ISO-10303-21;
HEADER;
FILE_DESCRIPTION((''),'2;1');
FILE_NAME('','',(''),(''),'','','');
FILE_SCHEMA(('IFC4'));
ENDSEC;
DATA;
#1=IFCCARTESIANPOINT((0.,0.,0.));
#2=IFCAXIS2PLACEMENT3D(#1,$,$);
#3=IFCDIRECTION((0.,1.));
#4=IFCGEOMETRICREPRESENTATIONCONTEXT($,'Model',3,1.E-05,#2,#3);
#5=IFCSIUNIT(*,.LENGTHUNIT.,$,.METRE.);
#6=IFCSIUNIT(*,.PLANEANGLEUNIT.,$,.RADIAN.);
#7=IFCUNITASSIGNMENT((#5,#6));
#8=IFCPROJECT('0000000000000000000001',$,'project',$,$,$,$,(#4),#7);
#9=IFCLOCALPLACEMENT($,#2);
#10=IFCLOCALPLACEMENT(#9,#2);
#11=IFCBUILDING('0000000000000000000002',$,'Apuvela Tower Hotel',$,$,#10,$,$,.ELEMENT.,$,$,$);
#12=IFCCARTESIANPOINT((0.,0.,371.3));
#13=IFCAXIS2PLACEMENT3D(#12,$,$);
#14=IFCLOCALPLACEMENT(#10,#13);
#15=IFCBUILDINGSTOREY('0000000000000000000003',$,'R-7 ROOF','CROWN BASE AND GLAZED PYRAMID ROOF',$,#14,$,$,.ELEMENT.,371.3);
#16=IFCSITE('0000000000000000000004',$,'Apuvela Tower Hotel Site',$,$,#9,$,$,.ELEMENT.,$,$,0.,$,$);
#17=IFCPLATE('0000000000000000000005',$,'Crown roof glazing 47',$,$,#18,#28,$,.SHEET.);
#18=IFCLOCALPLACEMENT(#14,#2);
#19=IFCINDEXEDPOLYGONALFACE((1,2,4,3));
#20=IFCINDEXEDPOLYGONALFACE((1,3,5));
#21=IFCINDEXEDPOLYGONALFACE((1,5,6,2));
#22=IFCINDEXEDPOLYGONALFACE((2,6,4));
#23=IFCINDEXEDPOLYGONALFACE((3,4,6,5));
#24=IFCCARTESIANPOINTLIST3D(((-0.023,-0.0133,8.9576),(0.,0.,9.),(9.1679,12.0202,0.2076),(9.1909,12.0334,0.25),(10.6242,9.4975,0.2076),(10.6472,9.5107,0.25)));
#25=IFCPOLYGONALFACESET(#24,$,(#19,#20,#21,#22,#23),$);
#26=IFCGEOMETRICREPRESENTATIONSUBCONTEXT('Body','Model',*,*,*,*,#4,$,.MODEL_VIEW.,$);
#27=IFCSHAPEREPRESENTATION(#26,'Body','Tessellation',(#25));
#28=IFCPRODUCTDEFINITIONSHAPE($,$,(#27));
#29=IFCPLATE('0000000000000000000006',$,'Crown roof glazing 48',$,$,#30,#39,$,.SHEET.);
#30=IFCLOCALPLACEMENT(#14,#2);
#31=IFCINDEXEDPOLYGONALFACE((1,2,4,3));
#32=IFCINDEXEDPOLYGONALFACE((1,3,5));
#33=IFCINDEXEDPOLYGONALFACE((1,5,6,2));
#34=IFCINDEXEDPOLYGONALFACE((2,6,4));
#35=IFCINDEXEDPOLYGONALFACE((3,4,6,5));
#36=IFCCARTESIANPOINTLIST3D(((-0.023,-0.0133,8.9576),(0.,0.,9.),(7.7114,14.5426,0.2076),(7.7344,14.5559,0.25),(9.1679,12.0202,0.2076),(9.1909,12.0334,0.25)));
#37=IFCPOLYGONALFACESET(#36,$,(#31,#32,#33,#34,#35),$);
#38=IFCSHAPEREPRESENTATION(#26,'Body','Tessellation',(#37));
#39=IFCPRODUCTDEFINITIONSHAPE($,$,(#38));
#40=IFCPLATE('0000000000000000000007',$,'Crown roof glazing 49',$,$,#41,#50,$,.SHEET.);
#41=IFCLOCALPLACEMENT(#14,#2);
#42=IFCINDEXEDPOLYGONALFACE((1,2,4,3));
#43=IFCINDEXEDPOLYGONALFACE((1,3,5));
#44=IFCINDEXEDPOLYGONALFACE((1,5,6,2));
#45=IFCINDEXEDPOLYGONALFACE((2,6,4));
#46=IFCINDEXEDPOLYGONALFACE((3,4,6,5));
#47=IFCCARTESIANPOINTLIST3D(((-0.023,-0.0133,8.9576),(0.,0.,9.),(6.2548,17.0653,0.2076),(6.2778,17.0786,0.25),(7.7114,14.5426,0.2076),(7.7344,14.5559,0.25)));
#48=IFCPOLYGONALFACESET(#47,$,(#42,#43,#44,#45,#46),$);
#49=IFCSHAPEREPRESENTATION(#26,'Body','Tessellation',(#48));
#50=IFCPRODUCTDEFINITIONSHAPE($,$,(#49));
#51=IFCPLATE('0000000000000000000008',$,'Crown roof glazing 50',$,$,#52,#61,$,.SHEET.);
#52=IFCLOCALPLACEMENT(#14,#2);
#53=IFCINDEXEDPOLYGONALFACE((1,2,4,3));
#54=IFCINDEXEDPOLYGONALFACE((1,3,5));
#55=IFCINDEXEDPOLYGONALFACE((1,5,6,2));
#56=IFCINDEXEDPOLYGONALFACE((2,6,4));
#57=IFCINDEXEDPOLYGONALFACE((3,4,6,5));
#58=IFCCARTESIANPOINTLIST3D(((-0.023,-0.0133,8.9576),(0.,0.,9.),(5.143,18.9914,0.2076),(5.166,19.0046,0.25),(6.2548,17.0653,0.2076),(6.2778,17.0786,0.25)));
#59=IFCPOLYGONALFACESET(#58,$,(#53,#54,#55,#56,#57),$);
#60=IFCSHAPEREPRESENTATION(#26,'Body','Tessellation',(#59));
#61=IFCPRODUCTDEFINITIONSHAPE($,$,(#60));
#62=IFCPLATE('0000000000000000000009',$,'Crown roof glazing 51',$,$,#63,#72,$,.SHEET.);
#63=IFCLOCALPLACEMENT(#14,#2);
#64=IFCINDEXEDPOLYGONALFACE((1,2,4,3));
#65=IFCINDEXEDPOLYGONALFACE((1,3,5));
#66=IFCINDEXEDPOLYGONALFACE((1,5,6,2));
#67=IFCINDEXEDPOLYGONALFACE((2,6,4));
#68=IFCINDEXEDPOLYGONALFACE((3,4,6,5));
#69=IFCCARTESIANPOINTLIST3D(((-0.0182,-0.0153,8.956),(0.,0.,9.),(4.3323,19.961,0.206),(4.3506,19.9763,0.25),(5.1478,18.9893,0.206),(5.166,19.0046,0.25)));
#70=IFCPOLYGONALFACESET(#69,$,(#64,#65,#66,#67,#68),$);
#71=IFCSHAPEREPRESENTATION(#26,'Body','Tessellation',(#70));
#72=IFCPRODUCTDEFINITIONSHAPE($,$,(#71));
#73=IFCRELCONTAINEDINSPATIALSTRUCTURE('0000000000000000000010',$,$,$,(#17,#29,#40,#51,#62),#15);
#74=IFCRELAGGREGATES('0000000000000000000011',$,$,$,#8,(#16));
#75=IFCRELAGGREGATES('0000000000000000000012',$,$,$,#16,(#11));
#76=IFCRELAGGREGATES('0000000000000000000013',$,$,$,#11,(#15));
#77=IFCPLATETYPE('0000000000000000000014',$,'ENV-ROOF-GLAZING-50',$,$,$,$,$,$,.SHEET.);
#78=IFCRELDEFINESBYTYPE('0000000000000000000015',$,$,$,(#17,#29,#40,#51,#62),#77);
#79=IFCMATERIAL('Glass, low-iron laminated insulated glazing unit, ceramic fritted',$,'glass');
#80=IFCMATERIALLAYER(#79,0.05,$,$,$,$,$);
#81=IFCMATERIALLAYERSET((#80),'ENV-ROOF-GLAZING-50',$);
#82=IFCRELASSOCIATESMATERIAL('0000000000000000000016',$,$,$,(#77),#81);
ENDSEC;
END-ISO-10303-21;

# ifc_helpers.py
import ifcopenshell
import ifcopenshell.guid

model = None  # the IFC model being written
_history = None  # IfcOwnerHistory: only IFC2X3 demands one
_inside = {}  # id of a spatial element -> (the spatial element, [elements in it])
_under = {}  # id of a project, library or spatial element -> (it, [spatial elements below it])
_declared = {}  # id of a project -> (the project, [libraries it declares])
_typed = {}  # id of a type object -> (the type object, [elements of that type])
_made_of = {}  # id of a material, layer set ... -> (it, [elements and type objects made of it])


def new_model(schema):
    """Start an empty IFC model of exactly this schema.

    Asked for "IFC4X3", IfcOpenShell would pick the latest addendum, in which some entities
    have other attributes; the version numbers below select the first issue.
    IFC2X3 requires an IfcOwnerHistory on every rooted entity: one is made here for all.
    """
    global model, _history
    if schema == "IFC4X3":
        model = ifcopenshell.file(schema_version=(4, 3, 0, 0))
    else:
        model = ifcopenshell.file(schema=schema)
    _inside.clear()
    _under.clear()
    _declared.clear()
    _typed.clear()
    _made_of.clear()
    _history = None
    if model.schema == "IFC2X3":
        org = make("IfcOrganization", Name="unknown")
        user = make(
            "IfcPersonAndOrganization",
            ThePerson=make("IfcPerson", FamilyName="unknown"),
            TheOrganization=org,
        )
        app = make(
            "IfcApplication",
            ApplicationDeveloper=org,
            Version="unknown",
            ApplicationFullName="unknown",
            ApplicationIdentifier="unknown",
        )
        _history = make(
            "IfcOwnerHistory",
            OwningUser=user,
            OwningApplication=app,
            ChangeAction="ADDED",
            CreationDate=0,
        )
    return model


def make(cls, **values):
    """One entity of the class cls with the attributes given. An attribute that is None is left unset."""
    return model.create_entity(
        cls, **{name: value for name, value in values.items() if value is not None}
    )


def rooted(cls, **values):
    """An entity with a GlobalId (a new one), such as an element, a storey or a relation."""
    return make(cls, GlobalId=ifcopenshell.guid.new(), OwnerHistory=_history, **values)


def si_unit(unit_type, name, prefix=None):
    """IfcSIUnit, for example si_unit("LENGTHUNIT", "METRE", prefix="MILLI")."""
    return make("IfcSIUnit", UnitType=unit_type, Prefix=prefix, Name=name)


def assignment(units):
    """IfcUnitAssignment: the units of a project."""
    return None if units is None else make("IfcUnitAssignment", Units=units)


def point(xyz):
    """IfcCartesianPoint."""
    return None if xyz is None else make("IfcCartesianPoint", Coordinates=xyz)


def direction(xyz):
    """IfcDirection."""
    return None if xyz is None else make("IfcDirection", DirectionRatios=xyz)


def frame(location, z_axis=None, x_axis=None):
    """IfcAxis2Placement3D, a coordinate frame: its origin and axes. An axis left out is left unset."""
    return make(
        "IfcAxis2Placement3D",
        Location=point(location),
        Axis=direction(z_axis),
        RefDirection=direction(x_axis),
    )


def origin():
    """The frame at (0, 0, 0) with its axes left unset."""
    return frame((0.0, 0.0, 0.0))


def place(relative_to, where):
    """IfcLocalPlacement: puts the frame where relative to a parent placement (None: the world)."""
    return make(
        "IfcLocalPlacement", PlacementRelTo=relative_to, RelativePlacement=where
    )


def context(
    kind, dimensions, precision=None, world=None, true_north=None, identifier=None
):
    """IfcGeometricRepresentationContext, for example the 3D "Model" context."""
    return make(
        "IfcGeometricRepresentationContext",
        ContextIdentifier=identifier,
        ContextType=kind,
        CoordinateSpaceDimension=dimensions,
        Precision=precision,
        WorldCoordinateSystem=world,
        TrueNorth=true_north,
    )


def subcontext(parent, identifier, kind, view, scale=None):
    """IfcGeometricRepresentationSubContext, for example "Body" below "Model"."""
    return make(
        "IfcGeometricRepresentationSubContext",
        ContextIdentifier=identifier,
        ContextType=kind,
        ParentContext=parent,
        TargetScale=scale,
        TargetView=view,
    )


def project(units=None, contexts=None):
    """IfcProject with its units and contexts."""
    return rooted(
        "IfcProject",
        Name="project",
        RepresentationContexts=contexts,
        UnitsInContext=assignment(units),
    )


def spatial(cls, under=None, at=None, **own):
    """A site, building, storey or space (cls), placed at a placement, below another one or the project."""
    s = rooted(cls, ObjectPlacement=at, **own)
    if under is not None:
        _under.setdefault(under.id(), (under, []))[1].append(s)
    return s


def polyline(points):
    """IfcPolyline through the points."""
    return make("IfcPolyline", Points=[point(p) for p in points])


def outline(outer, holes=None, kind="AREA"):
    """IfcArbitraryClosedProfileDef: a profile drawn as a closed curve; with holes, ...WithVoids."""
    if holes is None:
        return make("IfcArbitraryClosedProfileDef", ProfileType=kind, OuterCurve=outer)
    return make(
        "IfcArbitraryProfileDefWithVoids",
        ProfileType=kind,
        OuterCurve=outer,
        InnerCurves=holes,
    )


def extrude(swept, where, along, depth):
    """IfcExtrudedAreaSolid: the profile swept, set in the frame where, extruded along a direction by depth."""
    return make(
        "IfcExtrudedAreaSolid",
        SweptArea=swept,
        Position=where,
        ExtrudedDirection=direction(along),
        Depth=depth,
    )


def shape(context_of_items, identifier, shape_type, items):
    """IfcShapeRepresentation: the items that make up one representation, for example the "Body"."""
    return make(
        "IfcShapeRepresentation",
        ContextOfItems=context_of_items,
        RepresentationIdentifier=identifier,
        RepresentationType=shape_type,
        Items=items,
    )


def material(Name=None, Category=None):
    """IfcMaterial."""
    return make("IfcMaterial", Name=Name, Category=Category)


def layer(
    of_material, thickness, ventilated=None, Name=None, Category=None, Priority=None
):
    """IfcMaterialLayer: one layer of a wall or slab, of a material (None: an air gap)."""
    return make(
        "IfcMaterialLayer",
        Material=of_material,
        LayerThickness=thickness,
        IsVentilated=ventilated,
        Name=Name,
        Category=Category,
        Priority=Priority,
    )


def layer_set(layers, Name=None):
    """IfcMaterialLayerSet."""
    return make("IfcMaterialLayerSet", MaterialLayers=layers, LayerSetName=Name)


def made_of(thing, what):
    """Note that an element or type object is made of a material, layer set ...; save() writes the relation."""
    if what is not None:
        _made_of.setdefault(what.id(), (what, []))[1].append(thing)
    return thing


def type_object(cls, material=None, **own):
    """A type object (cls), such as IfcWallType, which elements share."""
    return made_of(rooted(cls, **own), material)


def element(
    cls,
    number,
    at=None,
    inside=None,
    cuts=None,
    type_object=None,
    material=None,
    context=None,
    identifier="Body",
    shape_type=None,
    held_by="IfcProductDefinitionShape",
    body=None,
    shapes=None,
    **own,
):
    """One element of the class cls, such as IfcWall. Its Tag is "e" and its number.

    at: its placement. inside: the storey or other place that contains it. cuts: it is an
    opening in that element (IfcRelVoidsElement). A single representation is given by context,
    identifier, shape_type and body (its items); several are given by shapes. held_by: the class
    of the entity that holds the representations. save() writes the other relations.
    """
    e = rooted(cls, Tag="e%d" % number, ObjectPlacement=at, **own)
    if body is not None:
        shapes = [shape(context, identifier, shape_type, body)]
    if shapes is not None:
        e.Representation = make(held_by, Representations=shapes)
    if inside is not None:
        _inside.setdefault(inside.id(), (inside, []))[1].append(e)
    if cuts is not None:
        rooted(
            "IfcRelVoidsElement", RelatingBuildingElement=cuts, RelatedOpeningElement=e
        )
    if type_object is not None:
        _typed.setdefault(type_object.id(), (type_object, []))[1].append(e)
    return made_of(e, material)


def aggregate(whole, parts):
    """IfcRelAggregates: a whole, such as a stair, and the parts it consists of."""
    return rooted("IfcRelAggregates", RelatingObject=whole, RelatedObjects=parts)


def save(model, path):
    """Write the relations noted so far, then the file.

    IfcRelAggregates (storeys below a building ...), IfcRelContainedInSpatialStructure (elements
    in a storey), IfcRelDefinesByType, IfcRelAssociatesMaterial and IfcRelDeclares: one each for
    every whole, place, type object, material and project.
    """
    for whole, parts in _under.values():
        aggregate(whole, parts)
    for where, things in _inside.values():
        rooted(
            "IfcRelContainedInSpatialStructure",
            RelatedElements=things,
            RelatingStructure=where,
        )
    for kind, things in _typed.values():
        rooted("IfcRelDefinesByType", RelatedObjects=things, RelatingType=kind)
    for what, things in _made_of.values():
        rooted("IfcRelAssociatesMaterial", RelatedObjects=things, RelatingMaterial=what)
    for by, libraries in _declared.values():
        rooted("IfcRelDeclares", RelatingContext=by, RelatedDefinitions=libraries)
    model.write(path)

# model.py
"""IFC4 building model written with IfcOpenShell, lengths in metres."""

from ifc_helpers import new_model, si_unit, direction, frame, origin, place, context, subcontext, project, spatial, polyline, outline, extrude, material, layer, layer_set, type_object, element, save


model = new_model("IFC4")

# Units and contexts
model_context = context("Model", 3, precision=1e-05, world=origin(), true_north=direction((0.0, 1.0)))
body_context = subcontext(model_context, "Body", "Model", "MODEL_VIEW")
ifc_project = project(units=[si_unit("LENGTHUNIT", "METRE"), si_unit("PLANEANGLEUNIT", "RADIAN")], contexts=[model_context])

# Site, building, storey
site_placement = place(None, origin())
site = spatial("IfcSite", under=ifc_project, at=site_placement, Name="Apuvela Tower Hotel Site", CompositionType="ELEMENT", RefElevation=0.0)
building_placement = place(site_placement, origin())
building = spatial("IfcBuilding", under=site, at=building_placement, Name="Apuvela Tower Hotel", CompositionType="ELEMENT")
storey_placement = place(building_placement, frame((0.0, 0.0, 371.3)))
storey = spatial("IfcBuildingStorey", under=building, at=storey_placement, Name="R-7 ROOF", Description="CROWN BASE AND GLAZED PYRAMID ROOF", CompositionType="ELEMENT", Elevation=371.3)

# Plates
ifc_material_1 = material(Name="Glass, low-iron laminated insulated glazing unit, ceramic fritted", Category="glass")
ifc_layer = layer(ifc_material_1, 0.05)
ifc_layer_set = layer_set([ifc_layer], Name="ENV-ROOF-GLAZING-50")
plate_type = type_object("IfcPlateType", Name="ENV-ROOF-GLAZING-50", PredefinedType="SHEET", material=ifc_layer_set)
plate_1_placement = place(storey_placement, frame((10.6472, 9.5107, 0.25), z_axis=(0.459574, 0.265302, 0.847589), x_axis=(-0.499952, 0.866053, 0.0)))
element("IfcPlate", 1, at=plate_1_placement, inside=storey, type_object=plate_type, Name="Crown roof glazing 47", PredefinedType="SHEET", context=body_context, shape_type="SweptSolid", body=[
    extrude(outline(polyline([(0.0, 0.0), (2.9129, 0.0), (-2.9137, 16.4891), (0.0, 0.0)])), origin(), (0.0, 0.0, -1.0), 0.05),
])
plate_2_placement = place(storey_placement, frame((9.1909, 12.0334, 0.25), z_axis=(0.459528, 0.265345, 0.8476), x_axis=(-0.500051, 0.865996, 0.0)))
element("IfcPlate", 2, at=plate_2_placement, inside=storey, type_object=plate_type, Name="Crown roof glazing 48", PredefinedType="SHEET", context=body_context, shape_type="SweptSolid", body=[
    extrude(outline(polyline([(0.0, 0.0), (2.9128, 0.0), (-5.825, 16.4897), (0.0, 0.0)])), origin(), (0.0, 0.0, -1.0), 0.05),
])
plate_3_placement = place(storey_placement, frame((7.7344, 14.5559, 0.25), z_axis=(0.459548, 0.265331, 0.847594), x_axis=(-0.500015, 0.866017, 0.0)))
element("IfcPlate", 3, at=plate_3_placement, inside=storey, type_object=plate_type, Name="Crown roof glazing 49", PredefinedType="SHEET", context=body_context, shape_type="SweptSolid", body=[
    extrude(outline(polyline([(0.0, 0.0), (2.913, 0.0), (-8.7384, 16.4893), (0.0, 0.0)])), origin(), (0.0, 0.0, -1.0), 0.05),
])
plate_4_placement = place(storey_placement, frame((6.2778, 17.0786, 0.25), z_axis=(0.459594, 0.265305, 0.847577), x_axis=(-0.499941, 0.866059, 0.0)))
element("IfcPlate", 4, at=plate_4_placement, inside=storey, type_object=plate_type, Name="Crown roof glazing 50", PredefinedType="SHEET", context=body_context, shape_type="SweptSolid", body=[
    extrude(outline(polyline([(0.0, 0.0), (2.2239, 0.0), (-11.6525, 16.4885), (0.0, 0.0)])), origin(), (0.0, 0.0, -1.0), 0.05),
])
plate_5_placement = place(storey_placement, frame((5.166, 19.0046, 0.25), z_axis=(0.364485, 0.305875, 0.87954), x_axis=(-0.642831, 0.766008, 0.0)))
element("IfcPlate", 5, at=plate_5_placement, inside=storey, type_object=plate_type, Name="Crown roof glazing 51", PredefinedType="SHEET", context=body_context, shape_type="SweptSolid", body=[
    extrude(outline(polyline([(0.0, 0.0), (1.2685, 0.0), (-11.2368, 18.3891), (0.0, 0.0)])), origin(), (0.0, 0.0, -1.0), 0.05),
])

save(model, "model.ifc")
